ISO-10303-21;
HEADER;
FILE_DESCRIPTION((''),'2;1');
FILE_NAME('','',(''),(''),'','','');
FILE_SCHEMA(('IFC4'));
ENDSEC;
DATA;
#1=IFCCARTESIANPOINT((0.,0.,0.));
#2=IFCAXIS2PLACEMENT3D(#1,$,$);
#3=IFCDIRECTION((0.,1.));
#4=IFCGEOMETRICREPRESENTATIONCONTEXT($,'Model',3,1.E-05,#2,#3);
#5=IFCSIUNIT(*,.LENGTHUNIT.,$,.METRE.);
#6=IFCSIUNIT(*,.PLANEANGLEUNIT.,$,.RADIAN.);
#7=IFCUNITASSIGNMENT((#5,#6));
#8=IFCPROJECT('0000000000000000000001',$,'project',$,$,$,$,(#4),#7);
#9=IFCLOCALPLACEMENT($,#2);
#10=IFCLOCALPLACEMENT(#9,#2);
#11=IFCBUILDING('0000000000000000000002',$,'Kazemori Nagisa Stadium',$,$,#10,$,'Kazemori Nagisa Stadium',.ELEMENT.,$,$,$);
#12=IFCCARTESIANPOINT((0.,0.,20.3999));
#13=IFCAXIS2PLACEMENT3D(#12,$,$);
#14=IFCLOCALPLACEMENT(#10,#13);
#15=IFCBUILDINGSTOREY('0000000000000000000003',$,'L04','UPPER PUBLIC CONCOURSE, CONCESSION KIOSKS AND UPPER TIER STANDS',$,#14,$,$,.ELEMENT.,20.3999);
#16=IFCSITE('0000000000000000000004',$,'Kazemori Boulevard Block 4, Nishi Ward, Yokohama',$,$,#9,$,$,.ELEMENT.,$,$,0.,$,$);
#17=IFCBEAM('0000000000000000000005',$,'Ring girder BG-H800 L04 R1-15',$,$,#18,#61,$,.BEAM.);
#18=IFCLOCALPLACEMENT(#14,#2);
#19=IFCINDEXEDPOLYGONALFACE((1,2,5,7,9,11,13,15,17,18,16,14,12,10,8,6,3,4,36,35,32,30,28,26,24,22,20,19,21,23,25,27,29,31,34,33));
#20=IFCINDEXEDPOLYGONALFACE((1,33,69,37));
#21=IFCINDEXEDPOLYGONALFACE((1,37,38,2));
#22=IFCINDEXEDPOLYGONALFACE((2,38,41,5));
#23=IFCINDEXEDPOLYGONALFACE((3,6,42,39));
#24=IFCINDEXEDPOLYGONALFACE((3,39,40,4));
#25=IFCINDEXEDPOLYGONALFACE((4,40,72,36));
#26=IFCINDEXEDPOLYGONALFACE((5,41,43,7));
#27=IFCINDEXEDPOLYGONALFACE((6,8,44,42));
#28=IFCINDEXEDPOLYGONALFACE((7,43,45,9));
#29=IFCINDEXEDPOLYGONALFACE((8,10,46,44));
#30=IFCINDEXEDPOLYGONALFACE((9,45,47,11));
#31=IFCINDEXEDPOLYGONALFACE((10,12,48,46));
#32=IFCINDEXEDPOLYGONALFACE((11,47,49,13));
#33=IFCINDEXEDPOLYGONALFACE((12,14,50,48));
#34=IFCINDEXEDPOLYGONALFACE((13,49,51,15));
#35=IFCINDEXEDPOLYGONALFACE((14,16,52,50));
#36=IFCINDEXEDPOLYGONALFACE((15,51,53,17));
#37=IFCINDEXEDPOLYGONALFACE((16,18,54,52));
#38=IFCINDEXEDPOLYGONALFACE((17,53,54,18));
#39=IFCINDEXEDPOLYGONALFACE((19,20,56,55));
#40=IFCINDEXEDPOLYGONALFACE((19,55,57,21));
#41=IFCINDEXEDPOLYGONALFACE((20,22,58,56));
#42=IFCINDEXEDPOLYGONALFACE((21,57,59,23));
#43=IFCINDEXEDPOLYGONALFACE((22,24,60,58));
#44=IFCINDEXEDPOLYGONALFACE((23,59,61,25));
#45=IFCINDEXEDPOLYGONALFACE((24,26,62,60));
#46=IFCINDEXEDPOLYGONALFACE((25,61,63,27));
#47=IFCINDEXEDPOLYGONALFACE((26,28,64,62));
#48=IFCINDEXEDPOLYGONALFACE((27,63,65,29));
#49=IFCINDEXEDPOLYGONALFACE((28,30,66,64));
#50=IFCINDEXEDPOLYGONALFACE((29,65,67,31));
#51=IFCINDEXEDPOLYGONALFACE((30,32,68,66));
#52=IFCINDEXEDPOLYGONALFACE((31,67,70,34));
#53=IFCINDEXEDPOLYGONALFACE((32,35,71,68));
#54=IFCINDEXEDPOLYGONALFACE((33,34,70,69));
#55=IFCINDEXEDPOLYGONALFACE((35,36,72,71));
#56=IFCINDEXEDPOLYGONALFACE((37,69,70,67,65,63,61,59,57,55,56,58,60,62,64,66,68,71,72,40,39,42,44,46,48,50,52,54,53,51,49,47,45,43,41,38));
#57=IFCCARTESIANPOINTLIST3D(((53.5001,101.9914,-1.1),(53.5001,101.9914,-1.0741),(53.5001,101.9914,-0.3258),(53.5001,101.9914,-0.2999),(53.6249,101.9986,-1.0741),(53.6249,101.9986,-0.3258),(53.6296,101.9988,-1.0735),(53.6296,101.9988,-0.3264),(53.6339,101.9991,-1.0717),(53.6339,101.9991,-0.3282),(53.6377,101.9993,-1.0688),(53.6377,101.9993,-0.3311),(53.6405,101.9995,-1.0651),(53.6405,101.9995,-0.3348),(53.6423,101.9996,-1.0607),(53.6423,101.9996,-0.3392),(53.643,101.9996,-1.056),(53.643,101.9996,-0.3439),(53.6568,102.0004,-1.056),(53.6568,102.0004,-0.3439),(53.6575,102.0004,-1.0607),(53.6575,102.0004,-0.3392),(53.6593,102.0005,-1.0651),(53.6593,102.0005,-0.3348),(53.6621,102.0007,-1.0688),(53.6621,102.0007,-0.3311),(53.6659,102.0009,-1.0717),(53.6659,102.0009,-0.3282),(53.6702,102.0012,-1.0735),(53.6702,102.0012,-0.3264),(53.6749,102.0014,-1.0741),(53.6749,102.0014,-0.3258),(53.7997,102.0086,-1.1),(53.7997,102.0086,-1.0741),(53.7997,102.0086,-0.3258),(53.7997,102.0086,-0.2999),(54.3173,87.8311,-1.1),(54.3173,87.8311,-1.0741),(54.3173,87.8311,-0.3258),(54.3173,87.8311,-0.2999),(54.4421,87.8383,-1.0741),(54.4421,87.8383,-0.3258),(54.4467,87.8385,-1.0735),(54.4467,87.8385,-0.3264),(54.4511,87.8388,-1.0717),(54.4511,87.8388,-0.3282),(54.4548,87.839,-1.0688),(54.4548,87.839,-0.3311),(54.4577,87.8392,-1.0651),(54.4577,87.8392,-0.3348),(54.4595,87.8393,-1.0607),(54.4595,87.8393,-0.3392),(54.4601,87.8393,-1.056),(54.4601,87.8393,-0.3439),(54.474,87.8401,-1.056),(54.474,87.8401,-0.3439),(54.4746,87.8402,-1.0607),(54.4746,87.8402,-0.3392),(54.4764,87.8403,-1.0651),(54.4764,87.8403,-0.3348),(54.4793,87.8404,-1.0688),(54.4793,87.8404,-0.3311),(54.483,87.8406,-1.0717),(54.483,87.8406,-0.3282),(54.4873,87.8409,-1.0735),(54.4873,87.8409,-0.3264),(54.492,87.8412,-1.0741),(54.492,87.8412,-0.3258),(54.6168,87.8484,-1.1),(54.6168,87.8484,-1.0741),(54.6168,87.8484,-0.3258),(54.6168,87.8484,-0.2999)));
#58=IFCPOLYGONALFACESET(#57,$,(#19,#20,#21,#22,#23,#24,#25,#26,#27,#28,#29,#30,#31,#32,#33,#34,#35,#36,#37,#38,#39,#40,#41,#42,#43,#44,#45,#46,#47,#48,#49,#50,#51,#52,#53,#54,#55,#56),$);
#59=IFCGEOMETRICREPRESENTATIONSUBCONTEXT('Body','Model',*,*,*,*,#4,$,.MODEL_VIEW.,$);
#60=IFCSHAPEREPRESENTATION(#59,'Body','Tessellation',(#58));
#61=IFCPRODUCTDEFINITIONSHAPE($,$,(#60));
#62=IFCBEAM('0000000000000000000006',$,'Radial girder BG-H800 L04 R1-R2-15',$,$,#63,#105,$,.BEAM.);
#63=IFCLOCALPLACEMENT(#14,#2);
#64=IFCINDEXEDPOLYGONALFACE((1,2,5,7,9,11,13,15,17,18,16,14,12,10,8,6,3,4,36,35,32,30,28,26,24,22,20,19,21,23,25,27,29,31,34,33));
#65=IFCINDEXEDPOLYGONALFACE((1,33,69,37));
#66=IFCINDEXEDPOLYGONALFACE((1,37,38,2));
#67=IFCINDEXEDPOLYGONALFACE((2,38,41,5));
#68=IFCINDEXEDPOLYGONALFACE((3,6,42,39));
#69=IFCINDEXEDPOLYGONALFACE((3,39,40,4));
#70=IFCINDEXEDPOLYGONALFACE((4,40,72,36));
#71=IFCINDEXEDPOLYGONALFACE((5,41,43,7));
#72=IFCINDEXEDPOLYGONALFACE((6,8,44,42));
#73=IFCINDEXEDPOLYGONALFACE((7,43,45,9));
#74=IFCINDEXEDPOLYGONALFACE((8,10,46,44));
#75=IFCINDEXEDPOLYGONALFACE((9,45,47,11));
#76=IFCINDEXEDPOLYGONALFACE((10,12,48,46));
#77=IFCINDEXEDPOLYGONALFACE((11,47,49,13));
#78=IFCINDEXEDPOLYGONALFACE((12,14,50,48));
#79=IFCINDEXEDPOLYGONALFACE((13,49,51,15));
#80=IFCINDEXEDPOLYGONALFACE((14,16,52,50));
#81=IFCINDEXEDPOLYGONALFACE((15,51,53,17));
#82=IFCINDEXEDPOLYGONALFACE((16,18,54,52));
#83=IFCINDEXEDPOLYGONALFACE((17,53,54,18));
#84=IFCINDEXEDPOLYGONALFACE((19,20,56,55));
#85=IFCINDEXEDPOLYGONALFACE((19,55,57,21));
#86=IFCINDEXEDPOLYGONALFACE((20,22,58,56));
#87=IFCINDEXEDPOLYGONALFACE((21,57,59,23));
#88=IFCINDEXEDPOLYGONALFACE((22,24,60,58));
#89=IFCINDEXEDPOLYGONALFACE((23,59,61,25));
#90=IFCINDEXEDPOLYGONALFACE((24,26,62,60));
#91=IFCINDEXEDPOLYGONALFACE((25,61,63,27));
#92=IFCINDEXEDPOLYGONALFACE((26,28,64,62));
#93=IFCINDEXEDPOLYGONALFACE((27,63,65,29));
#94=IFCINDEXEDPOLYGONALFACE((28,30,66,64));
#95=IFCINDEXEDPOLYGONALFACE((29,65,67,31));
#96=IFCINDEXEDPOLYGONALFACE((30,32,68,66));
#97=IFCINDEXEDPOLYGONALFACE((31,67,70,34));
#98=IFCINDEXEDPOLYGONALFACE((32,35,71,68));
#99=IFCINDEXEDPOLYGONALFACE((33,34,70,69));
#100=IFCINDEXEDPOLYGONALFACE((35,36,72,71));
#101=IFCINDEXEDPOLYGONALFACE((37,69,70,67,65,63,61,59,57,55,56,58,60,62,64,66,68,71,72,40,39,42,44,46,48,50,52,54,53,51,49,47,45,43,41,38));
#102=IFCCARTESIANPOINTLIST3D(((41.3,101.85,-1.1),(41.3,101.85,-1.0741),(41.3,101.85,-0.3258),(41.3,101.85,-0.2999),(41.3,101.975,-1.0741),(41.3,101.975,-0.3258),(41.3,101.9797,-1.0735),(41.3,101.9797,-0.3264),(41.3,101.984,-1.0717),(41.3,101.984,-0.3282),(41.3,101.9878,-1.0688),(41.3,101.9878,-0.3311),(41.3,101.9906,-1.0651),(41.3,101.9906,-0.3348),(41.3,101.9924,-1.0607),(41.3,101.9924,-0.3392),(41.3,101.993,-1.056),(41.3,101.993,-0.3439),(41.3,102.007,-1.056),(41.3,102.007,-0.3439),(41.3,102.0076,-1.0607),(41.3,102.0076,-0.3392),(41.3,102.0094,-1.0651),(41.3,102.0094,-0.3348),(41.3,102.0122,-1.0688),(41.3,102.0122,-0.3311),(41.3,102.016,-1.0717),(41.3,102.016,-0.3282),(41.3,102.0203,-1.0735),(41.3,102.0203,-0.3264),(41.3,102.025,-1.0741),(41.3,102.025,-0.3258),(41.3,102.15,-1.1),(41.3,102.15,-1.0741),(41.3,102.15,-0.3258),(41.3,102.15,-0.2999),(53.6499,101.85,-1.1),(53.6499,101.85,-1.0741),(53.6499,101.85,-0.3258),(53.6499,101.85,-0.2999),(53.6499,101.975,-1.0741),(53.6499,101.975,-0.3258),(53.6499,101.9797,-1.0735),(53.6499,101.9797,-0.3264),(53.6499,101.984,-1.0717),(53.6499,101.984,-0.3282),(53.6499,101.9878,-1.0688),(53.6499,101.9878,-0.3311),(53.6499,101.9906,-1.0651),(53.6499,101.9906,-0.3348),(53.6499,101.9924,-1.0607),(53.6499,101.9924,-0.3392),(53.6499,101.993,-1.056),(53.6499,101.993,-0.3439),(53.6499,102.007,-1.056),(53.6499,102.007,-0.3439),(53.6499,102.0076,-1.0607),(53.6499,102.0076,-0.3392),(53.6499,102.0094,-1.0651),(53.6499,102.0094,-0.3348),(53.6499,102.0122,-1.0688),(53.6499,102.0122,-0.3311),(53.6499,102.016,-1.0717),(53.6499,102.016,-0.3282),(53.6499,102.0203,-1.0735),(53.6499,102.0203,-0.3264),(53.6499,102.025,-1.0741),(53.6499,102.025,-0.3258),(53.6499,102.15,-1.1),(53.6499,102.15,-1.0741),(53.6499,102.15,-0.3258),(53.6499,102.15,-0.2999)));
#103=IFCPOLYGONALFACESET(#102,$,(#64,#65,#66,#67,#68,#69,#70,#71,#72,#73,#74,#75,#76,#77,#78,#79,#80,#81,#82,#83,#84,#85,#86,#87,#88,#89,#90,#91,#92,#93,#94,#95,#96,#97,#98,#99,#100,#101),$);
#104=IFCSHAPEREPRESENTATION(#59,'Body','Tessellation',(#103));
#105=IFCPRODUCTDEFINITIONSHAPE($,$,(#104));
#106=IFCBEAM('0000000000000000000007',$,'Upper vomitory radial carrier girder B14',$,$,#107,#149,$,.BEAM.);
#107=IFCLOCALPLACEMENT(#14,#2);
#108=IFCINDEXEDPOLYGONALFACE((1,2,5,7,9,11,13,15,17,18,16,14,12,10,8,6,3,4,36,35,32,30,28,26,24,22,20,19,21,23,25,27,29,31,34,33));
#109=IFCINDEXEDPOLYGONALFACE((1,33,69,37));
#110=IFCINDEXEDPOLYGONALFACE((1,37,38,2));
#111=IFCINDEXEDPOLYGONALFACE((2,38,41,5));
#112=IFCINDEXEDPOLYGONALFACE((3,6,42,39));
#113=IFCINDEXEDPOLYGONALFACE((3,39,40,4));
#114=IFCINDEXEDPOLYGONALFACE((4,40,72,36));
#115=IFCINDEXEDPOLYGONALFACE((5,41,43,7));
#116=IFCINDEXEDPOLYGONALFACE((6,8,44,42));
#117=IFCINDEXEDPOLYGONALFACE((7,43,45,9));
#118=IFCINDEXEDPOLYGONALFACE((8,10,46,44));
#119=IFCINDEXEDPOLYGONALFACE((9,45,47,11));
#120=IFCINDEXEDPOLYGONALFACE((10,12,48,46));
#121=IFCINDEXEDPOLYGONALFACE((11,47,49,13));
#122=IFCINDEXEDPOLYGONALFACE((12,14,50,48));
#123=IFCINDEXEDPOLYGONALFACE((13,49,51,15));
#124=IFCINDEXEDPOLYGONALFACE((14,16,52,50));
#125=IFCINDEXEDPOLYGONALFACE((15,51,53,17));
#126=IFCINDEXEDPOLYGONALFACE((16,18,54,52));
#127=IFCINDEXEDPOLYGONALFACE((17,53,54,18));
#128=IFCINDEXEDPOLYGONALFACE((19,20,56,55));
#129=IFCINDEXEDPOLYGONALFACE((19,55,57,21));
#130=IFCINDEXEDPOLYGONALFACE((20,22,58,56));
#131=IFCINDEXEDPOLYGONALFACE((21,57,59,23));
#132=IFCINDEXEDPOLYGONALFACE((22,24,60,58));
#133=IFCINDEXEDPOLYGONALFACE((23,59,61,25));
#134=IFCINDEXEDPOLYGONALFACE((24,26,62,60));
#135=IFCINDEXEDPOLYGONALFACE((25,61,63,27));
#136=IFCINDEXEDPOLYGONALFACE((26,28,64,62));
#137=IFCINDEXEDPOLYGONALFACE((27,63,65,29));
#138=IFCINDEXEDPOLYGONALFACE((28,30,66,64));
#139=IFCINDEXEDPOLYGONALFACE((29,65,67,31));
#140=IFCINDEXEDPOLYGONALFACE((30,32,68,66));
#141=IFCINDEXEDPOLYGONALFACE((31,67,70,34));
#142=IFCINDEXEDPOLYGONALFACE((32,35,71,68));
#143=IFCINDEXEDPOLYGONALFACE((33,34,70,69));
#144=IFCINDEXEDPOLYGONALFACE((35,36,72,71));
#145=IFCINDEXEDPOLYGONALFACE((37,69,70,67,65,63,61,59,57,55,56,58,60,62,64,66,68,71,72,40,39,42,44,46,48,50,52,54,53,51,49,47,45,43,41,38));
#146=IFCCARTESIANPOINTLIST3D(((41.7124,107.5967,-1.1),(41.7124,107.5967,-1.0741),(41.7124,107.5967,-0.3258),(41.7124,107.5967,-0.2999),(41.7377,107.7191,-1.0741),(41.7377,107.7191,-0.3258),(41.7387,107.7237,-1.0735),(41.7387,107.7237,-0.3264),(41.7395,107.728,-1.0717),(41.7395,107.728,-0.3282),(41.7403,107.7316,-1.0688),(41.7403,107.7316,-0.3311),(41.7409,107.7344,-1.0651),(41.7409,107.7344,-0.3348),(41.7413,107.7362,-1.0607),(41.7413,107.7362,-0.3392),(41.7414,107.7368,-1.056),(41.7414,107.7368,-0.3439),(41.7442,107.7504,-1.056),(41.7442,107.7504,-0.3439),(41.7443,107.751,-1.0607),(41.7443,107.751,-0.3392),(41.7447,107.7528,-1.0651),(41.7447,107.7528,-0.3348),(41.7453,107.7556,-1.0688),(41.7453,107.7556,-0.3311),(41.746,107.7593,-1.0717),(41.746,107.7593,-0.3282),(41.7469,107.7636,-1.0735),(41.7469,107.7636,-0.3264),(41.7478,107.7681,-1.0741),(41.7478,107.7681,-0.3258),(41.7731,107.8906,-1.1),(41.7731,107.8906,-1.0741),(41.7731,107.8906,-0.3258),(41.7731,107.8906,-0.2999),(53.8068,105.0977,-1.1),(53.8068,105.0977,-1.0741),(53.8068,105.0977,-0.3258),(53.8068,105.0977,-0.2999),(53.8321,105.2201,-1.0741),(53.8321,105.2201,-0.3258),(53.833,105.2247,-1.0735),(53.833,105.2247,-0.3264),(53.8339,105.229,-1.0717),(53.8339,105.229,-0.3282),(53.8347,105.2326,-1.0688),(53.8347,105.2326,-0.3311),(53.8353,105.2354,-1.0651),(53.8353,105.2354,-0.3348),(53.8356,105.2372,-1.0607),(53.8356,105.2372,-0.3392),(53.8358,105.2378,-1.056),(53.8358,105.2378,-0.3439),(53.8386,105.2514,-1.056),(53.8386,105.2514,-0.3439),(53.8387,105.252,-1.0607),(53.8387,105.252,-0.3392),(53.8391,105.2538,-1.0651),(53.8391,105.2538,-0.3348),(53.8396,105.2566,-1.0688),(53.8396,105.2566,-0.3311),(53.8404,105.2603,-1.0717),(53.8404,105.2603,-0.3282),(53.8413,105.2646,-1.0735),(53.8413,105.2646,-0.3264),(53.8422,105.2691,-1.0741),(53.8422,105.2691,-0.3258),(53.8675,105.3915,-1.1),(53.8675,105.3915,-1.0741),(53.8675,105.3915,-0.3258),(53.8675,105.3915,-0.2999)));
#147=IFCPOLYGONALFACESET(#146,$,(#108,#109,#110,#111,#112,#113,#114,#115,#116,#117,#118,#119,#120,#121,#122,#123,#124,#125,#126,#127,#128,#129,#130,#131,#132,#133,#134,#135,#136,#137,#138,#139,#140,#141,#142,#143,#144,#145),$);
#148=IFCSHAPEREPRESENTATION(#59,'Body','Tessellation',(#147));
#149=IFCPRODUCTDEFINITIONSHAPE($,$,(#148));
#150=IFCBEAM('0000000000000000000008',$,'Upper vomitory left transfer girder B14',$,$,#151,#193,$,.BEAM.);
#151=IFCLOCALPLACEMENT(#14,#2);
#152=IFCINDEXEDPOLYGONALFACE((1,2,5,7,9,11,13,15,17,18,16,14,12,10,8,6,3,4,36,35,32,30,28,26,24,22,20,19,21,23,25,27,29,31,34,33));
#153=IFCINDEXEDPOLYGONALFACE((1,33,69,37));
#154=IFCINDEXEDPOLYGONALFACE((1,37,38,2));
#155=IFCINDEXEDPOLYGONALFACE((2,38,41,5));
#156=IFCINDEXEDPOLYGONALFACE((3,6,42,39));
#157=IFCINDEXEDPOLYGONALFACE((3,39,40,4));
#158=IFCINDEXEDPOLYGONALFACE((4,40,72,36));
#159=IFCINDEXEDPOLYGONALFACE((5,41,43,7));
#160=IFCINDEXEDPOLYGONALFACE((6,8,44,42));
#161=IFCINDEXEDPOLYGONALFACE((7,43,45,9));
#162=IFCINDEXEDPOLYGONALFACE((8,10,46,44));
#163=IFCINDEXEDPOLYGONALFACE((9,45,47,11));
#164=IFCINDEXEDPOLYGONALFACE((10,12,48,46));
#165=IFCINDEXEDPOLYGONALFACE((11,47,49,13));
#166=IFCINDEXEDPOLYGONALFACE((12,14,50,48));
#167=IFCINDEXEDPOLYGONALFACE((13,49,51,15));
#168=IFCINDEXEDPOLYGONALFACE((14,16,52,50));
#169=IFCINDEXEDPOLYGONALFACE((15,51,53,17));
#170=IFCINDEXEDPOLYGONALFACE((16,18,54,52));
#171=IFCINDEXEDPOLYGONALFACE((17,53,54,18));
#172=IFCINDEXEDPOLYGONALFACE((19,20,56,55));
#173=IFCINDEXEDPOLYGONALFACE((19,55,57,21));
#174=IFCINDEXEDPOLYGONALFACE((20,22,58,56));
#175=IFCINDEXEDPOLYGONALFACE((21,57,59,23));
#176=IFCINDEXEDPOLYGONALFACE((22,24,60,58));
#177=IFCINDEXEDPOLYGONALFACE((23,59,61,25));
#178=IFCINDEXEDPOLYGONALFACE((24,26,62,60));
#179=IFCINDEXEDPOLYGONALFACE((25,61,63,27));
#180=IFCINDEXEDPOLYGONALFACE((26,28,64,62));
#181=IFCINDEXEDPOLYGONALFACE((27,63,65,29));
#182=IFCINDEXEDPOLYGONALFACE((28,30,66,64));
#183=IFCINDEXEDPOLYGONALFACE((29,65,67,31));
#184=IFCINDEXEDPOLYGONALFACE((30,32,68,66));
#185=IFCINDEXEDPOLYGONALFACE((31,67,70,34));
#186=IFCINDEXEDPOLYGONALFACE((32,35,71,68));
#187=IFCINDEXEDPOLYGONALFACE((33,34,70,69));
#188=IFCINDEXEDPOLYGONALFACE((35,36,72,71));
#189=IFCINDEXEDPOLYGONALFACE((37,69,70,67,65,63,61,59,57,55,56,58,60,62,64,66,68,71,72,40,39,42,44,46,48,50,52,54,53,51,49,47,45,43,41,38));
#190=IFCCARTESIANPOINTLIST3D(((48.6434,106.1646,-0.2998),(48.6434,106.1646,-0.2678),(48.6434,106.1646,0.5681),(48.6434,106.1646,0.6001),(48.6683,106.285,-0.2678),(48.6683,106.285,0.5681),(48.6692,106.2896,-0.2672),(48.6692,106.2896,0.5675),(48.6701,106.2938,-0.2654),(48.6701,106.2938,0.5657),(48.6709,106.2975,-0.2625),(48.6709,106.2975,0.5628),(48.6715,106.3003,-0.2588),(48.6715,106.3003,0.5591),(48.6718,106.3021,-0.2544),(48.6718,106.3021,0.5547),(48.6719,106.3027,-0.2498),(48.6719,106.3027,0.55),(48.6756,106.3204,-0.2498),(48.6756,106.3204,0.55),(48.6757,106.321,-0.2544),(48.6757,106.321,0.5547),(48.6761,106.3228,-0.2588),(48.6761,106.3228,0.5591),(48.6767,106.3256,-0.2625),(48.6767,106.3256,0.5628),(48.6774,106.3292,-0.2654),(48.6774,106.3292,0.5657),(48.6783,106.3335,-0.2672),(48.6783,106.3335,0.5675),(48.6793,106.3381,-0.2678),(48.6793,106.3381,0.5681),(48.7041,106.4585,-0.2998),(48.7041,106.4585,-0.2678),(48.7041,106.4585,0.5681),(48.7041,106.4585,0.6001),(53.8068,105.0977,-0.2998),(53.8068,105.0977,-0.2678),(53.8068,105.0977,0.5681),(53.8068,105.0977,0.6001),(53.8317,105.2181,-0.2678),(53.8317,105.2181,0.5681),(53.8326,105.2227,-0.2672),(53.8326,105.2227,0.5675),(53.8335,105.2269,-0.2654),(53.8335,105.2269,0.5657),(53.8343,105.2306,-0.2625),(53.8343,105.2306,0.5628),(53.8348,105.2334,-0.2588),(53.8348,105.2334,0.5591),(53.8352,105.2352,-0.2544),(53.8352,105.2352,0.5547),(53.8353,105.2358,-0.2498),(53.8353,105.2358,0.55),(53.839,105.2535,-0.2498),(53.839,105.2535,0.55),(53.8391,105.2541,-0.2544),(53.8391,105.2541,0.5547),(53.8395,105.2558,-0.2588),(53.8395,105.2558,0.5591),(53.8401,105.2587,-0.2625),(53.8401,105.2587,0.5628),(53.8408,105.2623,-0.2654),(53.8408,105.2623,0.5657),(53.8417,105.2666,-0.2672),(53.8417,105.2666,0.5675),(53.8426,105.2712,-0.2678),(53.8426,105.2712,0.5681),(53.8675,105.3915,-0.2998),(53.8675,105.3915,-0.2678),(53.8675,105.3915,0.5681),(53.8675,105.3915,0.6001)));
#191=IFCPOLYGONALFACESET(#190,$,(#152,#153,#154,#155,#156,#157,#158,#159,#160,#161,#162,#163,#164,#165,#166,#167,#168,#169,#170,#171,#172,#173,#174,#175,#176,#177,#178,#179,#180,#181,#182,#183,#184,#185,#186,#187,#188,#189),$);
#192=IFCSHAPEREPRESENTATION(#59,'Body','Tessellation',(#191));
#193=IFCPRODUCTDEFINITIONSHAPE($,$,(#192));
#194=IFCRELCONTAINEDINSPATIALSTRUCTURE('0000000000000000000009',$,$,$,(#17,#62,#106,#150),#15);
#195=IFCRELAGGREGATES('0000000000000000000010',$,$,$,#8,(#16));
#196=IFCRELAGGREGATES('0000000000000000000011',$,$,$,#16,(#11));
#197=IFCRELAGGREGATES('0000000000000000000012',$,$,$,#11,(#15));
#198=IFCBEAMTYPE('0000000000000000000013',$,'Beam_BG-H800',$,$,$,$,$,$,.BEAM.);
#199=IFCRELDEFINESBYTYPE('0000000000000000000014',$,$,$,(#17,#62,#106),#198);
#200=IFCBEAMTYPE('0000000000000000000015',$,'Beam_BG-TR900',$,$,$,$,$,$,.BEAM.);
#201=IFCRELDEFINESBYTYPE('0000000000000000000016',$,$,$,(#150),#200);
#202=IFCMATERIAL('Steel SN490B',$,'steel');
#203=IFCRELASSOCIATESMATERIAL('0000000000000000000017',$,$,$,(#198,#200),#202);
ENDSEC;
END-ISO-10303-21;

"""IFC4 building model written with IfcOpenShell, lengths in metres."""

from ifc_helpers import new_model, si_unit, direction, frame, origin, origin_2d, place, context, subcontext, project, spatial, i_section, extrude, material, material_profile, profile_set, type_object, element, save


model = new_model("IFC4")

# Units and contexts
model_context = context("Model", 3, precision=1e-05, world=origin(), true_north=direction((0.0, 1.0)))
body_context = subcontext(model_context, "Body", "Model", "MODEL_VIEW")
ifc_project = project(units=[si_unit("LENGTHUNIT", "METRE"), si_unit("PLANEANGLEUNIT", "RADIAN")], contexts=[model_context])

# Site, building, storey
site_placement = place(None, origin())
site = spatial("IfcSite", under=ifc_project, at=site_placement, Name="Kazemori Boulevard Block 4, Nishi Ward, Yokohama", CompositionType="ELEMENT", RefElevation=0.0)
building_placement = place(site_placement, origin())
building = spatial("IfcBuilding", under=site, at=building_placement, Name="Kazemori Nagisa Stadium", LongName="Kazemori Nagisa Stadium", CompositionType="ELEMENT")
storey_placement = place(building_placement, frame((0.0, 0.0, 20.3999)))
storey = spatial("IfcBuildingStorey", under=building, at=storey_placement, Name="L04", Description="UPPER PUBLIC CONCOURSE, CONCESSION KIOSKS AND UPPER TIER STANDS", CompositionType="ELEMENT", Elevation=20.3999)

# Beams
ifc_material_1 = material(Name="Steel SN490B", Category="steel")
ifc_material_profile_1 = material_profile(ifc_material_1, i_section(OverallWidth=0.3, OverallDepth=0.8, WebThickness=0.0139, FlangeThickness=0.0259, FilletRadius=0.0181, at=origin_2d()), Name="H-800x300x14x26")
ifc_profile_set_1 = profile_set([ifc_material_profile_1], Name="Steel SN490B")
beam_type_1 = type_object("IfcBeamType", Name="Beam_BG-H800", PredefinedType="BEAM", material=ifc_profile_set_1)
beam_1_placement = place(storey_placement, frame((53.6499, 102.0, -0.7), z_axis=(0.05761, -0.998339, 0.0), x_axis=(0.998339, 0.05761, 0.0)))
element("IfcBeam", 1, at=beam_1_placement, inside=storey, type_object=beam_type_1, Name="Ring girder BG-H800 L04 R1-15", PredefinedType="BEAM", context=body_context, shape_type="SweptSolid", body=[
    extrude(i_section(OverallWidth=0.3, OverallDepth=0.8, WebThickness=0.0139, FlangeThickness=0.0259, FilletRadius=0.0181, at=origin_2d()), origin(), (0.0, 0.0, 1.0), 14.1838),
])
for number, where, z_axis, x_axis, name in (
    (2, (53.6499, 102.0, -0.7), (-1.0, 0.0, 0.0), (0.0, -1.0, 0.0), "Radial girder BG-H800 L04 R1-R2-15"),
    (3, (53.8372, 105.2446, -0.7), (-0.979313, 0.202351, 0.0), (-0.202351, -0.979313, 0.0), "Upper vomitory radial carrier girder B14"),
):
    element("IfcBeam", number, at=place(storey_placement, frame(where, z_axis=z_axis, x_axis=x_axis)), inside=storey, type_object=beam_type_1, Name=name, PredefinedType="BEAM", context=body_context, shape_type="SweptSolid", body=[
        extrude(i_section(OverallWidth=0.3, OverallDepth=0.8, WebThickness=0.0139, FlangeThickness=0.0259, FilletRadius=0.0181, at=origin_2d()), origin(), (0.0, 0.0, 1.0), 12.3499),
    ])
ifc_material_profile_2 = material_profile(ifc_material_1, i_section(OverallWidth=0.3, OverallDepth=0.8999, WebThickness=0.0181, FlangeThickness=0.032, FilletRadius=0.0181, at=origin_2d()), Name="H-900x300x18x32")
ifc_profile_set_2 = profile_set([ifc_material_profile_2], Name="Steel SN490B")
beam_type_2 = type_object("IfcBeamType", Name="Beam_BG-TR900", PredefinedType="BEAM", material=ifc_profile_set_2)
beam_2_placement = place(storey_placement, frame((53.8372, 105.2446, 0.1501), z_axis=(-0.979312, 0.202354, 0.0), x_axis=(-0.202354, -0.979312, 0.0)))
element("IfcBeam", 4, at=beam_2_placement, inside=storey, type_object=beam_type_2, Name="Upper vomitory left transfer girder B14", PredefinedType="BEAM", context=body_context, shape_type="SweptSolid", body=[
    extrude(i_section(OverallWidth=0.3, OverallDepth=0.8999, WebThickness=0.0181, FlangeThickness=0.032, FilletRadius=0.0181, at=origin_2d()), origin(), (0.0, 0.0, 1.0), 5.2725),
])

save(model, "model.ifc")
